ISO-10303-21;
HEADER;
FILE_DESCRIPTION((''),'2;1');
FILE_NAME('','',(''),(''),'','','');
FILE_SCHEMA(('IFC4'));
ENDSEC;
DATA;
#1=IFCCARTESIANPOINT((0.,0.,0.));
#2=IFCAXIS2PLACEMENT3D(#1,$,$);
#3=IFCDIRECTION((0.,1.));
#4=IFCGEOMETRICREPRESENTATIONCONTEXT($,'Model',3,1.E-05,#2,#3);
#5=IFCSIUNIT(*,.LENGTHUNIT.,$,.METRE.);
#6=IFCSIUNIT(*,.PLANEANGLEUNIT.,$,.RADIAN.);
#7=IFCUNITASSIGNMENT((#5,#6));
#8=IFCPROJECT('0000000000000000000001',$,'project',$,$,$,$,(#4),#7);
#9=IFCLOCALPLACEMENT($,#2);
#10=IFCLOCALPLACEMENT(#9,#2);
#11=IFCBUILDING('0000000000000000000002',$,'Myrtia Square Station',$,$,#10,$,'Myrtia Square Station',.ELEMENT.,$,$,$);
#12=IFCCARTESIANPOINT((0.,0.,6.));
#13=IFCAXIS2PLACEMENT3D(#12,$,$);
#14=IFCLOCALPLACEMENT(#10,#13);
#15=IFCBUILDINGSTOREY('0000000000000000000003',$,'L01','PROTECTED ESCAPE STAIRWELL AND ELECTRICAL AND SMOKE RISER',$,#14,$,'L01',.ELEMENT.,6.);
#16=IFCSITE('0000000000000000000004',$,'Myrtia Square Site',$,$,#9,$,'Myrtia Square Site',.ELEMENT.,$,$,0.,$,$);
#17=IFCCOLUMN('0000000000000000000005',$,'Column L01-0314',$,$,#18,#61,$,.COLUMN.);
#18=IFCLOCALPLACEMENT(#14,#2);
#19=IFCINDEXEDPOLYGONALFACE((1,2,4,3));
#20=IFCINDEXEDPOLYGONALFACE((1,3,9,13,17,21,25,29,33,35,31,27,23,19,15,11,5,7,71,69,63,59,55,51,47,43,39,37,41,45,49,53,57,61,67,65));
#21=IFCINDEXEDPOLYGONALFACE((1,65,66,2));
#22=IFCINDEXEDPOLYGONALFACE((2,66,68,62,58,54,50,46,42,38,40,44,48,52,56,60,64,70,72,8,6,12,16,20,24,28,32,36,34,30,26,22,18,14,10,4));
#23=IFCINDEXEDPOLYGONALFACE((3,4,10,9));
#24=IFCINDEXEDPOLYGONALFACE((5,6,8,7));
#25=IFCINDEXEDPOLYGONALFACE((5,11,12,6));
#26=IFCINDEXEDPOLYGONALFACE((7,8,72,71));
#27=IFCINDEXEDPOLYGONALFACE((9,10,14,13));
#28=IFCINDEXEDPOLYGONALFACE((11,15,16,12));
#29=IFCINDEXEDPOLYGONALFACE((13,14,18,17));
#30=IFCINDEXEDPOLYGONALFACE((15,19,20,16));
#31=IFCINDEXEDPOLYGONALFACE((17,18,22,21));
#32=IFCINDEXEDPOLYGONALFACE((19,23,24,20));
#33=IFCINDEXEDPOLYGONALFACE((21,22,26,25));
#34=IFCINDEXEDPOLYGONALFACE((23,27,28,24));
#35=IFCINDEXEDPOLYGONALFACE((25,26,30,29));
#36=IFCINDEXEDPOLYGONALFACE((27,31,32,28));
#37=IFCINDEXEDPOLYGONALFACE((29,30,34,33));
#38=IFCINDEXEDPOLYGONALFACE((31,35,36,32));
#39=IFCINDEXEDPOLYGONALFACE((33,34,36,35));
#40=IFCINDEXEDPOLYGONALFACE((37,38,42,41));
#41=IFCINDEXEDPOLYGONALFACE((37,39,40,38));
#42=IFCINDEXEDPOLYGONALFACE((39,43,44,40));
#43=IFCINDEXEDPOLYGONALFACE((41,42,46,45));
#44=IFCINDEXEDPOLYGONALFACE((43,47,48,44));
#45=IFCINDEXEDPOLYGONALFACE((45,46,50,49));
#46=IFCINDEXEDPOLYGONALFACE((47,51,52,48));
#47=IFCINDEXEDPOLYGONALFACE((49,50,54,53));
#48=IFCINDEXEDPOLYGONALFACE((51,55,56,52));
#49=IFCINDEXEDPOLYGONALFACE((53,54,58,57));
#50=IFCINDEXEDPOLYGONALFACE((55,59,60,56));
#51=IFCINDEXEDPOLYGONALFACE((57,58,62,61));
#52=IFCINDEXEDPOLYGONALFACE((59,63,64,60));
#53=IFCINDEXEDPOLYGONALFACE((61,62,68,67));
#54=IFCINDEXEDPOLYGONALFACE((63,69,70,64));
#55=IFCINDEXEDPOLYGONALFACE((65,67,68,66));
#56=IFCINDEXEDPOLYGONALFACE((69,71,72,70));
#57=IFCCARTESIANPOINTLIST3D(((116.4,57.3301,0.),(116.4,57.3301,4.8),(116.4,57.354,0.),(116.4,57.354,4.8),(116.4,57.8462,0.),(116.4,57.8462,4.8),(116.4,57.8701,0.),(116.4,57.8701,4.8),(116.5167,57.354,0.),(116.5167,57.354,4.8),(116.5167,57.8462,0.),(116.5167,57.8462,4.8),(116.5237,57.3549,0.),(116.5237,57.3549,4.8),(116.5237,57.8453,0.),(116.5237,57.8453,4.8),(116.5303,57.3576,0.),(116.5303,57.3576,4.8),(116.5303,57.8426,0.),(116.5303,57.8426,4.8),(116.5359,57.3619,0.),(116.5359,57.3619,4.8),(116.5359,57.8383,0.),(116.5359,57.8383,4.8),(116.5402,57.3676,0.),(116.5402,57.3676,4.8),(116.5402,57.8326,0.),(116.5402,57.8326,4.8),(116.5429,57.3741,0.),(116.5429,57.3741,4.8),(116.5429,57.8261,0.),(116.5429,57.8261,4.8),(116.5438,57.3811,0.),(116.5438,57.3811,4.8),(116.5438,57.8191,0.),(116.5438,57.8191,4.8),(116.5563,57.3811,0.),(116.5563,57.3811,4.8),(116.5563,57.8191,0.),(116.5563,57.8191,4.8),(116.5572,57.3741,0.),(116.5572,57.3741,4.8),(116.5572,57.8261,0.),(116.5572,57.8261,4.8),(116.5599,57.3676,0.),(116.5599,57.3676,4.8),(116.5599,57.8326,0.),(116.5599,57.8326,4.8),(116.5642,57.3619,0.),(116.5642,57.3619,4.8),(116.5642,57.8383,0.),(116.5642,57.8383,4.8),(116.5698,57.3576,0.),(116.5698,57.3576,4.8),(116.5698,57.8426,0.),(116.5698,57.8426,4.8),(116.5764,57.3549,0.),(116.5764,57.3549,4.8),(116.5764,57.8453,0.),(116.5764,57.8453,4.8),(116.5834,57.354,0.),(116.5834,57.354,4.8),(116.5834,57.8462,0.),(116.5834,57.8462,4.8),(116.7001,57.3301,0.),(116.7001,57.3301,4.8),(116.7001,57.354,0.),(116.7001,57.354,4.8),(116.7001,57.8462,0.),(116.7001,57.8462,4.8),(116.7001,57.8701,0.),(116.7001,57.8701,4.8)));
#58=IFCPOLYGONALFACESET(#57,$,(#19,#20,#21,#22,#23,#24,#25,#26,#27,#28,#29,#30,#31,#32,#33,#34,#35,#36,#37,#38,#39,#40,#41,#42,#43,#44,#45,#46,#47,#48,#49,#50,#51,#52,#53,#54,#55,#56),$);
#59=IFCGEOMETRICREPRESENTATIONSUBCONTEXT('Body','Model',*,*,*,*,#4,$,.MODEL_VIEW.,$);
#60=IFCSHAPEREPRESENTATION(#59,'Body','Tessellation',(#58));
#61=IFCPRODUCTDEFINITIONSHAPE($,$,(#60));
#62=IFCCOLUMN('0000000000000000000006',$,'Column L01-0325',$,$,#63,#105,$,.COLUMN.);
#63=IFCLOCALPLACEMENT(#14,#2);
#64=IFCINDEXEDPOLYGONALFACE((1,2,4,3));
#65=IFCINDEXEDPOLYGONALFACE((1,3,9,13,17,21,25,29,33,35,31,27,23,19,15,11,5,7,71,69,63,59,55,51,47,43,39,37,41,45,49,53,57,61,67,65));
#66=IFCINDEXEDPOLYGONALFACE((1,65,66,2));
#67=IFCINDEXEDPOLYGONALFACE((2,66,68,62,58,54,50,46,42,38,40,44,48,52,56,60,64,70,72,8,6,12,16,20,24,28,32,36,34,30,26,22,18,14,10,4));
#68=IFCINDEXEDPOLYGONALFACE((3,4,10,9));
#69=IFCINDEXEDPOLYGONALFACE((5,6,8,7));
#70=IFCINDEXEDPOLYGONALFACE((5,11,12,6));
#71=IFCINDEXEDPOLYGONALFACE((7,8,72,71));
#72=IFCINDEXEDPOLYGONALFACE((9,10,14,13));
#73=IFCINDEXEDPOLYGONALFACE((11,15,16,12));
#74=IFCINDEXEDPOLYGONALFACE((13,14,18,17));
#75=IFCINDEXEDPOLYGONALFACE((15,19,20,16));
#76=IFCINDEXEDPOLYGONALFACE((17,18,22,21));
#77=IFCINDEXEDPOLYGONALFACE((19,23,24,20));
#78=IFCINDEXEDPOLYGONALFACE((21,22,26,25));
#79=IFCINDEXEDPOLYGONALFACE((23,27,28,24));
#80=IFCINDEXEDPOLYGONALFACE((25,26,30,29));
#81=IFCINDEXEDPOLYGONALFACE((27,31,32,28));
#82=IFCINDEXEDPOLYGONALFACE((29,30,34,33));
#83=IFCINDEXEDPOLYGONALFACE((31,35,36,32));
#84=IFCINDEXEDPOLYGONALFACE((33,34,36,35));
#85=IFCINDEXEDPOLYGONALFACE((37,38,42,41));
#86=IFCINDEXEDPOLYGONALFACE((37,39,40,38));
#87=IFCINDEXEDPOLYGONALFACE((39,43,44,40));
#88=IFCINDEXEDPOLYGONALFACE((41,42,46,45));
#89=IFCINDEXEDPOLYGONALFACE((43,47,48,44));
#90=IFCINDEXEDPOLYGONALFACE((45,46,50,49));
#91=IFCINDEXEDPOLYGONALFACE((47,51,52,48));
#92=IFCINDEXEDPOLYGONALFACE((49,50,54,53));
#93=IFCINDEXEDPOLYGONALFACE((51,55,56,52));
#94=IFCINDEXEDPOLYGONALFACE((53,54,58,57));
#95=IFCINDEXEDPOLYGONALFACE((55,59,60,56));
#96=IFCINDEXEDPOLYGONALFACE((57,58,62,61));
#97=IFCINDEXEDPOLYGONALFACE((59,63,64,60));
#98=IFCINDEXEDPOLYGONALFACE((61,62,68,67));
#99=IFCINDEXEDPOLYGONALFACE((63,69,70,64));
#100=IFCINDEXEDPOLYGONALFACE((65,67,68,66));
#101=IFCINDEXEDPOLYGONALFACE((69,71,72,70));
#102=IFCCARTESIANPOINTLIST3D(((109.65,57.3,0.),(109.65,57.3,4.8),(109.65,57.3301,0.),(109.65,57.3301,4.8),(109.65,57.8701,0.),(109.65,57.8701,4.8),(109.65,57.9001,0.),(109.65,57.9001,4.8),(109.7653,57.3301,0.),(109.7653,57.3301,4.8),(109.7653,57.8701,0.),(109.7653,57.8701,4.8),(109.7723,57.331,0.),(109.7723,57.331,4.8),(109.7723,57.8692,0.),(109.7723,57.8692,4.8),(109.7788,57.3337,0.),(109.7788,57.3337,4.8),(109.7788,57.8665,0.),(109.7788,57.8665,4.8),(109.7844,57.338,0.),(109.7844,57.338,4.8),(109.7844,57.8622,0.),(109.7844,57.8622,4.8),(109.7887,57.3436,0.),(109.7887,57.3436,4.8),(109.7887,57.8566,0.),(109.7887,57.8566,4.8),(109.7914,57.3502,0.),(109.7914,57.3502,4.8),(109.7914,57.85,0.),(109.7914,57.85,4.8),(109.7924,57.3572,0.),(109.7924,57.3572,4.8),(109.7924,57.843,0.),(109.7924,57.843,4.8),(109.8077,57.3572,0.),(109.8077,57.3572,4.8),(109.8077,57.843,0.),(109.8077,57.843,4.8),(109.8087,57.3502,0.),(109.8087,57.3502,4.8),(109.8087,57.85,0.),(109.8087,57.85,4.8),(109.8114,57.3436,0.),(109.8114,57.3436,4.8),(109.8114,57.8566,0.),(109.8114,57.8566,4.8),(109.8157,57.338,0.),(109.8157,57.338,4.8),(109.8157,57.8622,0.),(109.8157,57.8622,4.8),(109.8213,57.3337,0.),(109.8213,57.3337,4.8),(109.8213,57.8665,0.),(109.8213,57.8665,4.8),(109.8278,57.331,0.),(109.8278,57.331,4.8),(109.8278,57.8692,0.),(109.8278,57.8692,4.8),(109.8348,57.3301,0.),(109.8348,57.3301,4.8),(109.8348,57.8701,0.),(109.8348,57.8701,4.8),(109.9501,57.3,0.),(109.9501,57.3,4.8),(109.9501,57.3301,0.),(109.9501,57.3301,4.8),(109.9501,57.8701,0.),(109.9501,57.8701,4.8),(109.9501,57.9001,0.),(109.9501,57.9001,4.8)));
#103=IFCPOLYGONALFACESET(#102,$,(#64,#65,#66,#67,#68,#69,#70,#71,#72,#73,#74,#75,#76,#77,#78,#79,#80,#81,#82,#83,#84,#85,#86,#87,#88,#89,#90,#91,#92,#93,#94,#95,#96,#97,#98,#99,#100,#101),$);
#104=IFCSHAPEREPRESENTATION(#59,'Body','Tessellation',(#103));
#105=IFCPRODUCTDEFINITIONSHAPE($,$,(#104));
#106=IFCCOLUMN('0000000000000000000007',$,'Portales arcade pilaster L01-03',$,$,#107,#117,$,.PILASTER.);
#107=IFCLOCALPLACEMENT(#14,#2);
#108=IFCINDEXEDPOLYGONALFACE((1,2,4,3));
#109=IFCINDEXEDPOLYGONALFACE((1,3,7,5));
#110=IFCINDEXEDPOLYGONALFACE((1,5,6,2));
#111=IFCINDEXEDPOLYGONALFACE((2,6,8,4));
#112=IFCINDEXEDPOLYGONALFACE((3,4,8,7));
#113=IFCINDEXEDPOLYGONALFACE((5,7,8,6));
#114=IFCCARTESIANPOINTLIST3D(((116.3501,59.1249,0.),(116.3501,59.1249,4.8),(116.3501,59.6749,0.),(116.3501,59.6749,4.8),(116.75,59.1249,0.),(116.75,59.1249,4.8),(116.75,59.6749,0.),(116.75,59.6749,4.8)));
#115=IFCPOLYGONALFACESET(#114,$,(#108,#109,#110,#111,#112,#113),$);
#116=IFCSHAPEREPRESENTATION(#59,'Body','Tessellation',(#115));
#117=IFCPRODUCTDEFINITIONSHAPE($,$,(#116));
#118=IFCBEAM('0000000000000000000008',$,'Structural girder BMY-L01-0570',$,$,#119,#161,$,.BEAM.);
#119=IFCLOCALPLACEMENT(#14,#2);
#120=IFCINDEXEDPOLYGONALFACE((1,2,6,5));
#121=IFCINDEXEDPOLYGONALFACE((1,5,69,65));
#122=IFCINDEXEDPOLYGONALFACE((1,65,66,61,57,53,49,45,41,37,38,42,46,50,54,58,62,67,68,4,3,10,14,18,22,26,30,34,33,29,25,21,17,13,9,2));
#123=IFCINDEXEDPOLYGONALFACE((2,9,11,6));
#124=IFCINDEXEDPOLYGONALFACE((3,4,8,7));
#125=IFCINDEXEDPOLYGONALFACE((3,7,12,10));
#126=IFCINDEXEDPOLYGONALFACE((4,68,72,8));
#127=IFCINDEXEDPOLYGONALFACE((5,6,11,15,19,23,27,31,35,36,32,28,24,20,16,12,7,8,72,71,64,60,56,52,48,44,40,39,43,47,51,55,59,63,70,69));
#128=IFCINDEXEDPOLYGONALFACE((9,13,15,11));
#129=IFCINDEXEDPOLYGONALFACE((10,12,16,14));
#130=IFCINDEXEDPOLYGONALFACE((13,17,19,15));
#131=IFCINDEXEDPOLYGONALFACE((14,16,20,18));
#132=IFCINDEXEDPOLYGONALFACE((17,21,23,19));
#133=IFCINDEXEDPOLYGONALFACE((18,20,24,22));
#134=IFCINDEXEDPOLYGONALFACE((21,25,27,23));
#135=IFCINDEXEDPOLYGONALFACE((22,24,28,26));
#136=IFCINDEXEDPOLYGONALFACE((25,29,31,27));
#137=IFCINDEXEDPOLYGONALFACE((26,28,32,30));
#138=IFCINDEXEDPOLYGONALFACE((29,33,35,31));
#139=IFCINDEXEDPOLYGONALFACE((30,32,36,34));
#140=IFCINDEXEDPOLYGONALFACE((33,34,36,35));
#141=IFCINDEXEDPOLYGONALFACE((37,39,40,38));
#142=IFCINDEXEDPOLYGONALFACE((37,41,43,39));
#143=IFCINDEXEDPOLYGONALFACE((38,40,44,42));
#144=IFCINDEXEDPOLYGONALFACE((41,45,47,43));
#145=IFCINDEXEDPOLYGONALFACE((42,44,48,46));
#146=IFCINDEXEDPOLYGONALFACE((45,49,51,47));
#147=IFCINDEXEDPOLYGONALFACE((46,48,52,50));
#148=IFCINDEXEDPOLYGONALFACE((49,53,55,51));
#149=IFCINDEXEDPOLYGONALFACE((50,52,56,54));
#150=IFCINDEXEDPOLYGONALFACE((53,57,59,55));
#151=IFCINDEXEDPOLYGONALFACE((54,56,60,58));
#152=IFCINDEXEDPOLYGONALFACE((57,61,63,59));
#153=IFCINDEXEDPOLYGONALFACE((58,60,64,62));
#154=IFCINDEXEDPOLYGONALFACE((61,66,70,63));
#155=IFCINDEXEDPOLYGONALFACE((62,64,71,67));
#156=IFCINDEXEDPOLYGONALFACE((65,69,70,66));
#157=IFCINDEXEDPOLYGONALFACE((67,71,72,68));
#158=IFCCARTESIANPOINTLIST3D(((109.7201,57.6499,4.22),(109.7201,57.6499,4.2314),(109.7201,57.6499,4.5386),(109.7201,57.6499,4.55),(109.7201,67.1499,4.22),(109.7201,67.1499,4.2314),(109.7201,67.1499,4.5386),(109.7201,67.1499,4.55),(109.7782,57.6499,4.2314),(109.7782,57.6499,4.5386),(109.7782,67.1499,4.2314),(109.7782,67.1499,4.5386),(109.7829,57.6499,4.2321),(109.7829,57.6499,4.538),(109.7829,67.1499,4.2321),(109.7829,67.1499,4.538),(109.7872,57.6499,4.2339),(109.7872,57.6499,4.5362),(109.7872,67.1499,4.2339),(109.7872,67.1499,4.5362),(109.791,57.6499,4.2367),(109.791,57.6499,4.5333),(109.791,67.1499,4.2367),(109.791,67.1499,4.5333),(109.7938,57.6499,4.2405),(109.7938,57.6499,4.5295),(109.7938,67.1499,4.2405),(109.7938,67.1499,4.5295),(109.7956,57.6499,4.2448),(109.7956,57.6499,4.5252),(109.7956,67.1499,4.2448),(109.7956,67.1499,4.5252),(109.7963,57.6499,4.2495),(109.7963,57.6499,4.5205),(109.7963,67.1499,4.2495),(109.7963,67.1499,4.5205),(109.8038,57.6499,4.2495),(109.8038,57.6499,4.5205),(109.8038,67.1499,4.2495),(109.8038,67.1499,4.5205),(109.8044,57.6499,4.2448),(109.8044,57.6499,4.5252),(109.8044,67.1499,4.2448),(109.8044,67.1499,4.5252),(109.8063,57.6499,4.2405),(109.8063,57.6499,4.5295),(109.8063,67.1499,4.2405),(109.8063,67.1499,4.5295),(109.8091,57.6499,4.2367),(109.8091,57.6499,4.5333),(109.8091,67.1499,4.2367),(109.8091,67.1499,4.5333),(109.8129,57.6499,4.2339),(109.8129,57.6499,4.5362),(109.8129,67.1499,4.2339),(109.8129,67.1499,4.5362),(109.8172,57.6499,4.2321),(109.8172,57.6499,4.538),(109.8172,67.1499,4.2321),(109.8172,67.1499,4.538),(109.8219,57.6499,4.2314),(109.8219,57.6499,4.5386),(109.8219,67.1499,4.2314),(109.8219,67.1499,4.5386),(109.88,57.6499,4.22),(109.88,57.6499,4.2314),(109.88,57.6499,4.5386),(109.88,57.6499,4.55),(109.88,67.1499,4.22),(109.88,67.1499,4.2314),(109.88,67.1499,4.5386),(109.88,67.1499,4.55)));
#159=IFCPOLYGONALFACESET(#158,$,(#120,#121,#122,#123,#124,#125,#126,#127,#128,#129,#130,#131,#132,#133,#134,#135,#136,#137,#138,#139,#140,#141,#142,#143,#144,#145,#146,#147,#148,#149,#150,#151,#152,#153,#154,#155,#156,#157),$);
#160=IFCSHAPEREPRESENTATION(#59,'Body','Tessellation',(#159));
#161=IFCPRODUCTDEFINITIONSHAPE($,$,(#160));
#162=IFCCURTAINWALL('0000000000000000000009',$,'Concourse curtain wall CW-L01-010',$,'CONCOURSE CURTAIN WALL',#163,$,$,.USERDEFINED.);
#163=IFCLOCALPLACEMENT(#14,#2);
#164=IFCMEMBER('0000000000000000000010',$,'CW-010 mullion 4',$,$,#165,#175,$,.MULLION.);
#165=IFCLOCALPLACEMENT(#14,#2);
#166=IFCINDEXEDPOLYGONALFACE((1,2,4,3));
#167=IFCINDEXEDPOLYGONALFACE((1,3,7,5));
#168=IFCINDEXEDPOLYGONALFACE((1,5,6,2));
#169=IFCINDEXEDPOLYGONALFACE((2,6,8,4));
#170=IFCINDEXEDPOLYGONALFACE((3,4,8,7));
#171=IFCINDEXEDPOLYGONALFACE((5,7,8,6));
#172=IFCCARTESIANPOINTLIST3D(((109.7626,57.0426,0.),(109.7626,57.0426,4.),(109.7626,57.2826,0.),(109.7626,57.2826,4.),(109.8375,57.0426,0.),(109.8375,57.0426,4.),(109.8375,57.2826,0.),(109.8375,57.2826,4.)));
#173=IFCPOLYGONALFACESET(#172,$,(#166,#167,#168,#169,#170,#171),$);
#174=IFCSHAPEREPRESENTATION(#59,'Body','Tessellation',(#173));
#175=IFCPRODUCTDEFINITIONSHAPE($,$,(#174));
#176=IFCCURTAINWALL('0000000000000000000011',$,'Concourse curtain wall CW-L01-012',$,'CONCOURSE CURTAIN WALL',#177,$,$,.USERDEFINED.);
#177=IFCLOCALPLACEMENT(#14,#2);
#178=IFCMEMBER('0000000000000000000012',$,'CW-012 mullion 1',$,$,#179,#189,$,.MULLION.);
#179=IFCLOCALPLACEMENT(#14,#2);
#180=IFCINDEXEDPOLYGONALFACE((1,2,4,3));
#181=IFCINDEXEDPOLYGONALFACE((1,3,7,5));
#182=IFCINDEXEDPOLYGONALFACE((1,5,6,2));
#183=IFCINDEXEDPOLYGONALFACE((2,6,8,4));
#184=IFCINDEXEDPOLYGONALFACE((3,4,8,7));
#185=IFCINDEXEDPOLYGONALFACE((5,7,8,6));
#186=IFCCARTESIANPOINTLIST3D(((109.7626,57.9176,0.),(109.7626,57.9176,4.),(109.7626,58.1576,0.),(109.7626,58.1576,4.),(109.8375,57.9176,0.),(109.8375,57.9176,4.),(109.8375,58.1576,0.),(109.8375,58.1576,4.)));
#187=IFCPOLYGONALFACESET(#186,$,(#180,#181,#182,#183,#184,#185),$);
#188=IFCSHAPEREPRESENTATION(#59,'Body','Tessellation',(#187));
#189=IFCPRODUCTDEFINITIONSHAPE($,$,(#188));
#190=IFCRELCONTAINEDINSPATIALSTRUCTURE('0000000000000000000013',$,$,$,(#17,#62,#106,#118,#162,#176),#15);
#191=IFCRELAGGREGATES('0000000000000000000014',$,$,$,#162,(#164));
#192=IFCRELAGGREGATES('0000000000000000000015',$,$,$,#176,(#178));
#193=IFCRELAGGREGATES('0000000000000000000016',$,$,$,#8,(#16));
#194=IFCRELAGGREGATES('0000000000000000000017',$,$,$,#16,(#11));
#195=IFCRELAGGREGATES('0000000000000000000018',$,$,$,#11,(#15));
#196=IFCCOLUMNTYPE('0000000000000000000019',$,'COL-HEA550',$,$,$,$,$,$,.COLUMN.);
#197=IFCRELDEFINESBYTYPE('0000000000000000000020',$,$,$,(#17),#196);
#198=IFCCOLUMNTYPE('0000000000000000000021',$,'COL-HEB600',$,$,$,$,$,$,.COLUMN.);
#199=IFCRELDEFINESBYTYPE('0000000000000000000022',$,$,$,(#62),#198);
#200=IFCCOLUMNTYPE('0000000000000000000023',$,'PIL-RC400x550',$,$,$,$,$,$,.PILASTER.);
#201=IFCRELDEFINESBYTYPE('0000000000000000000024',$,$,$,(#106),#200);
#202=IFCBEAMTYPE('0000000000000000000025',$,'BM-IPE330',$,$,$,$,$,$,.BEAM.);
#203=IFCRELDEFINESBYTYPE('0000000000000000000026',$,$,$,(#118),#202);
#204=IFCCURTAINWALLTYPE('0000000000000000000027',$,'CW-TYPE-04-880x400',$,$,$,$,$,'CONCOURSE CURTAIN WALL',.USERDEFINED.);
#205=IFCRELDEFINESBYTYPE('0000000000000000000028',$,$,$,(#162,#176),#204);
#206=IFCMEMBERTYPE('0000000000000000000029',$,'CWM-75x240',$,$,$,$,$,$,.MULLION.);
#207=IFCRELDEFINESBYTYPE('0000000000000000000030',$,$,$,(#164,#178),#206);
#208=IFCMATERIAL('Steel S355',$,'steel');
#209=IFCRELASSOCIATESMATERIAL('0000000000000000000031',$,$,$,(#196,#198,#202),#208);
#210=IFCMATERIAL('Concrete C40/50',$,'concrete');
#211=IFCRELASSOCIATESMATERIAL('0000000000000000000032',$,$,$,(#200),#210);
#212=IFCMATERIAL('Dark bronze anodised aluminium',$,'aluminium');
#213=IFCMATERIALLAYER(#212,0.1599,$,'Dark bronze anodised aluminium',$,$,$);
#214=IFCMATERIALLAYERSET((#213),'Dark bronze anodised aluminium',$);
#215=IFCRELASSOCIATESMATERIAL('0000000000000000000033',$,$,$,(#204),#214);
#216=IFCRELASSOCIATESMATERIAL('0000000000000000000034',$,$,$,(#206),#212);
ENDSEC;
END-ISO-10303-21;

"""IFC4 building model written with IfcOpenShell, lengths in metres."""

from ifc_helpers import new_model, si_unit, direction, frame, origin, origin_2d, place, context, subcontext, project, spatial, rectangle, i_section, extrude, material, layer, layer_set, material_profile, profile_set, type_object, element, aggregate, save


model = new_model("IFC4")

# Units and contexts
model_context = context("Model", 3, precision=1e-05, world=origin(), true_north=direction((0.0, 1.0)))
body_context = subcontext(model_context, "Body", "Model", "MODEL_VIEW")
ifc_project = project(units=[si_unit("LENGTHUNIT", "METRE"), si_unit("PLANEANGLEUNIT", "RADIAN")], contexts=[model_context])

# Site, building, storey
site_placement = place(None, origin())
site = spatial("IfcSite", under=ifc_project, at=site_placement, Name="Myrtia Square Site", LongName="Myrtia Square Site", CompositionType="ELEMENT", RefElevation=0.0)
building_placement = place(site_placement, origin())
building = spatial("IfcBuilding", under=site, at=building_placement, Name="Myrtia Square Station", LongName="Myrtia Square Station", CompositionType="ELEMENT")
storey_placement = place(building_placement, frame((0.0, 0.0, 6.0)))
storey = spatial("IfcBuildingStorey", under=building, at=storey_placement, Name="L01", Description="PROTECTED ESCAPE STAIRWELL AND ELECTRICAL AND SMOKE RISER", LongName="L01", CompositionType="ELEMENT", Elevation=6.0)

# Columns
ifc_material_1 = material(Name="Steel S355", Category="steel")
ifc_material_profile_1 = material_profile(ifc_material_1, i_section(OverallWidth=0.3, OverallDepth=0.54, WebThickness=0.0125, FlangeThickness=0.0239, FilletRadius=0.0271, at=origin_2d()), Name="HEA 550")
ifc_profile_set_1 = profile_set([ifc_material_profile_1], Name="Steel S355")
column_type_1 = type_object("IfcColumnType", Name="COL-HEA550", PredefinedType="COLUMN", material=ifc_profile_set_1)
column_1_placement = place(storey_placement, frame((116.55, 57.6001, 0.0), z_axis=(0.0, 0.0, 1.0), x_axis=(1.0, 0.0, 0.0)))
element("IfcColumn", 1, at=column_1_placement, inside=storey, type_object=column_type_1, Name="Column L01-0314", PredefinedType="COLUMN", context=body_context, shape_type="SweptSolid", body=[
    extrude(i_section(OverallWidth=0.3, OverallDepth=0.54, WebThickness=0.0125, FlangeThickness=0.0239, FilletRadius=0.0271, at=origin_2d()), origin(), (0.0, 0.0, 1.0), 4.8),
])
ifc_material_profile_2 = material_profile(ifc_material_1, i_section(OverallWidth=0.3, OverallDepth=0.6001, WebThickness=0.0154, FlangeThickness=0.03, FilletRadius=0.0271, at=origin_2d()), Name="HEB 600")
ifc_profile_set_2 = profile_set([ifc_material_profile_2], Name="Steel S355")
column_type_2 = type_object("IfcColumnType", Name="COL-HEB600", PredefinedType="COLUMN", material=ifc_profile_set_2)
column_2_placement = place(storey_placement, frame((109.8, 57.6001, 0.0), z_axis=(0.0, 0.0, 1.0), x_axis=(1.0, 0.0, 0.0)))
element("IfcColumn", 2, at=column_2_placement, inside=storey, type_object=column_type_2, Name="Column L01-0325", PredefinedType="COLUMN", context=body_context, shape_type="SweptSolid", body=[
    extrude(i_section(OverallWidth=0.3, OverallDepth=0.6001, WebThickness=0.0154, FlangeThickness=0.03, FilletRadius=0.0271, at=origin_2d()), origin(), (0.0, 0.0, 1.0), 4.8),
])
ifc_material_2 = material(Name="Concrete C40/50", Category="concrete")
ifc_material_profile_3 = material_profile(ifc_material_2, rectangle(XDim=0.3999, YDim=0.55, at=origin_2d()), Name="PIL 400x550")
ifc_profile_set_3 = profile_set([ifc_material_profile_3], Name="Concrete C40/50")
column_type_3 = type_object("IfcColumnType", Name="PIL-RC400x550", PredefinedType="PILASTER", material=ifc_profile_set_3)
column_3_placement = place(storey_placement, frame((116.55, 59.3999, 0.0), z_axis=(0.0, 0.0, 1.0), x_axis=(1.0, 0.0, 0.0)))
element("IfcColumn", 3, at=column_3_placement, inside=storey, type_object=column_type_3, Name="Portales arcade pilaster L01-03", PredefinedType="PILASTER", context=body_context, shape_type="SweptSolid", body=[
    extrude(rectangle(XDim=0.3999, YDim=0.55, at=origin_2d()), origin(), (0.0, 0.0, 1.0), 4.8),
])

# Beam
ifc_material_profile_4 = material_profile(ifc_material_1, i_section(OverallWidth=0.1599, OverallDepth=0.3301, WebThickness=0.0076, FlangeThickness=0.0115, FilletRadius=0.0181, at=origin_2d()), Name="IPE 330")
ifc_profile_set_4 = profile_set([ifc_material_profile_4], Name="Steel S355")
beam_type = type_object("IfcBeamType", Name="BM-IPE330", PredefinedType="BEAM", material=ifc_profile_set_4)
beam_placement = place(storey_placement, frame((109.8, 57.6499, 4.385), z_axis=(0.0, 1.0, 0.0), x_axis=(-1.0, 0.0, 0.0)))
element("IfcBeam", 4, at=beam_placement, inside=storey, type_object=beam_type, Name="Structural girder BMY-L01-0570", PredefinedType="BEAM", context=body_context, shape_type="SweptSolid", body=[
    extrude(i_section(OverallWidth=0.1599, OverallDepth=0.3301, WebThickness=0.0076, FlangeThickness=0.0115, FilletRadius=0.0181, at=origin_2d()), origin(), (0.0, 0.0, 1.0), 9.5),
])

# Curtain wall, member
ifc_material_3 = material(Name="Dark bronze anodised aluminium", Category="aluminium")
ifc_layer_1 = layer(ifc_material_3, 0.1599, Name="Dark bronze anodised aluminium")
ifc_layer_set_1 = layer_set([ifc_layer_1], Name="Dark bronze anodised aluminium")
curtain_wall_type = type_object("IfcCurtainWallType", Name="CW-TYPE-04-880x400", ElementType="CONCOURSE CURTAIN WALL", PredefinedType="USERDEFINED", material=ifc_layer_set_1)
curtain_wall_1_placement = place(storey_placement, origin())
curtain_wall_1 = element("IfcCurtainWall", 5, at=curtain_wall_1_placement, inside=storey, type_object=curtain_wall_type, Name="Concourse curtain wall CW-L01-010", ObjectType="CONCOURSE CURTAIN WALL", PredefinedType="USERDEFINED")
ifc_material_profile_5 = material_profile(ifc_material_3, rectangle(XDim=0.075, YDim=0.24, at=origin_2d()), Name="ALU-M 75x240")
ifc_profile_set_5 = profile_set([ifc_material_profile_5], Name="Dark bronze anodised aluminium")
member_type_1 = type_object("IfcMemberType", Name="CWM-75x240", PredefinedType="MULLION", material=ifc_profile_set_5)
member_1_placement = place(storey_placement, frame((109.8, 57.1626, 0.0), z_axis=(0.0, 0.0, 1.0), x_axis=(-1.0, 0.0, 0.0)))
member_1 = element("IfcMember", 6, at=member_1_placement, type_object=member_type_1, Name="CW-010 mullion 4", PredefinedType="MULLION", context=body_context, shape_type="SweptSolid", body=[
    extrude(rectangle(XDim=0.075, YDim=0.24, at=origin_2d()), origin(), (0.0, 0.0, 1.0), 4.0),
])

# Curtain wall, member
curtain_wall_2_placement = place(storey_placement, origin())
curtain_wall_2 = element("IfcCurtainWall", 7, at=curtain_wall_2_placement, inside=storey, type_object=curtain_wall_type, Name="Concourse curtain wall CW-L01-012", ObjectType="CONCOURSE CURTAIN WALL", PredefinedType="USERDEFINED")
member_2_placement = place(storey_placement, frame((109.8, 58.0376, 0.0), z_axis=(0.0, 0.0, 1.0), x_axis=(-1.0, 0.0, 0.0)))
member_2 = element("IfcMember", 8, at=member_2_placement, type_object=member_type_1, Name="CW-012 mullion 1", PredefinedType="MULLION", context=body_context, shape_type="SweptSolid", body=[
    extrude(rectangle(XDim=0.075, YDim=0.24, at=origin_2d()), origin(), (0.0, 0.0, 1.0), 4.0),
])

aggregate(curtain_wall_1, [member_1])
aggregate(curtain_wall_2, [member_2])

save(model, "model.ifc")
